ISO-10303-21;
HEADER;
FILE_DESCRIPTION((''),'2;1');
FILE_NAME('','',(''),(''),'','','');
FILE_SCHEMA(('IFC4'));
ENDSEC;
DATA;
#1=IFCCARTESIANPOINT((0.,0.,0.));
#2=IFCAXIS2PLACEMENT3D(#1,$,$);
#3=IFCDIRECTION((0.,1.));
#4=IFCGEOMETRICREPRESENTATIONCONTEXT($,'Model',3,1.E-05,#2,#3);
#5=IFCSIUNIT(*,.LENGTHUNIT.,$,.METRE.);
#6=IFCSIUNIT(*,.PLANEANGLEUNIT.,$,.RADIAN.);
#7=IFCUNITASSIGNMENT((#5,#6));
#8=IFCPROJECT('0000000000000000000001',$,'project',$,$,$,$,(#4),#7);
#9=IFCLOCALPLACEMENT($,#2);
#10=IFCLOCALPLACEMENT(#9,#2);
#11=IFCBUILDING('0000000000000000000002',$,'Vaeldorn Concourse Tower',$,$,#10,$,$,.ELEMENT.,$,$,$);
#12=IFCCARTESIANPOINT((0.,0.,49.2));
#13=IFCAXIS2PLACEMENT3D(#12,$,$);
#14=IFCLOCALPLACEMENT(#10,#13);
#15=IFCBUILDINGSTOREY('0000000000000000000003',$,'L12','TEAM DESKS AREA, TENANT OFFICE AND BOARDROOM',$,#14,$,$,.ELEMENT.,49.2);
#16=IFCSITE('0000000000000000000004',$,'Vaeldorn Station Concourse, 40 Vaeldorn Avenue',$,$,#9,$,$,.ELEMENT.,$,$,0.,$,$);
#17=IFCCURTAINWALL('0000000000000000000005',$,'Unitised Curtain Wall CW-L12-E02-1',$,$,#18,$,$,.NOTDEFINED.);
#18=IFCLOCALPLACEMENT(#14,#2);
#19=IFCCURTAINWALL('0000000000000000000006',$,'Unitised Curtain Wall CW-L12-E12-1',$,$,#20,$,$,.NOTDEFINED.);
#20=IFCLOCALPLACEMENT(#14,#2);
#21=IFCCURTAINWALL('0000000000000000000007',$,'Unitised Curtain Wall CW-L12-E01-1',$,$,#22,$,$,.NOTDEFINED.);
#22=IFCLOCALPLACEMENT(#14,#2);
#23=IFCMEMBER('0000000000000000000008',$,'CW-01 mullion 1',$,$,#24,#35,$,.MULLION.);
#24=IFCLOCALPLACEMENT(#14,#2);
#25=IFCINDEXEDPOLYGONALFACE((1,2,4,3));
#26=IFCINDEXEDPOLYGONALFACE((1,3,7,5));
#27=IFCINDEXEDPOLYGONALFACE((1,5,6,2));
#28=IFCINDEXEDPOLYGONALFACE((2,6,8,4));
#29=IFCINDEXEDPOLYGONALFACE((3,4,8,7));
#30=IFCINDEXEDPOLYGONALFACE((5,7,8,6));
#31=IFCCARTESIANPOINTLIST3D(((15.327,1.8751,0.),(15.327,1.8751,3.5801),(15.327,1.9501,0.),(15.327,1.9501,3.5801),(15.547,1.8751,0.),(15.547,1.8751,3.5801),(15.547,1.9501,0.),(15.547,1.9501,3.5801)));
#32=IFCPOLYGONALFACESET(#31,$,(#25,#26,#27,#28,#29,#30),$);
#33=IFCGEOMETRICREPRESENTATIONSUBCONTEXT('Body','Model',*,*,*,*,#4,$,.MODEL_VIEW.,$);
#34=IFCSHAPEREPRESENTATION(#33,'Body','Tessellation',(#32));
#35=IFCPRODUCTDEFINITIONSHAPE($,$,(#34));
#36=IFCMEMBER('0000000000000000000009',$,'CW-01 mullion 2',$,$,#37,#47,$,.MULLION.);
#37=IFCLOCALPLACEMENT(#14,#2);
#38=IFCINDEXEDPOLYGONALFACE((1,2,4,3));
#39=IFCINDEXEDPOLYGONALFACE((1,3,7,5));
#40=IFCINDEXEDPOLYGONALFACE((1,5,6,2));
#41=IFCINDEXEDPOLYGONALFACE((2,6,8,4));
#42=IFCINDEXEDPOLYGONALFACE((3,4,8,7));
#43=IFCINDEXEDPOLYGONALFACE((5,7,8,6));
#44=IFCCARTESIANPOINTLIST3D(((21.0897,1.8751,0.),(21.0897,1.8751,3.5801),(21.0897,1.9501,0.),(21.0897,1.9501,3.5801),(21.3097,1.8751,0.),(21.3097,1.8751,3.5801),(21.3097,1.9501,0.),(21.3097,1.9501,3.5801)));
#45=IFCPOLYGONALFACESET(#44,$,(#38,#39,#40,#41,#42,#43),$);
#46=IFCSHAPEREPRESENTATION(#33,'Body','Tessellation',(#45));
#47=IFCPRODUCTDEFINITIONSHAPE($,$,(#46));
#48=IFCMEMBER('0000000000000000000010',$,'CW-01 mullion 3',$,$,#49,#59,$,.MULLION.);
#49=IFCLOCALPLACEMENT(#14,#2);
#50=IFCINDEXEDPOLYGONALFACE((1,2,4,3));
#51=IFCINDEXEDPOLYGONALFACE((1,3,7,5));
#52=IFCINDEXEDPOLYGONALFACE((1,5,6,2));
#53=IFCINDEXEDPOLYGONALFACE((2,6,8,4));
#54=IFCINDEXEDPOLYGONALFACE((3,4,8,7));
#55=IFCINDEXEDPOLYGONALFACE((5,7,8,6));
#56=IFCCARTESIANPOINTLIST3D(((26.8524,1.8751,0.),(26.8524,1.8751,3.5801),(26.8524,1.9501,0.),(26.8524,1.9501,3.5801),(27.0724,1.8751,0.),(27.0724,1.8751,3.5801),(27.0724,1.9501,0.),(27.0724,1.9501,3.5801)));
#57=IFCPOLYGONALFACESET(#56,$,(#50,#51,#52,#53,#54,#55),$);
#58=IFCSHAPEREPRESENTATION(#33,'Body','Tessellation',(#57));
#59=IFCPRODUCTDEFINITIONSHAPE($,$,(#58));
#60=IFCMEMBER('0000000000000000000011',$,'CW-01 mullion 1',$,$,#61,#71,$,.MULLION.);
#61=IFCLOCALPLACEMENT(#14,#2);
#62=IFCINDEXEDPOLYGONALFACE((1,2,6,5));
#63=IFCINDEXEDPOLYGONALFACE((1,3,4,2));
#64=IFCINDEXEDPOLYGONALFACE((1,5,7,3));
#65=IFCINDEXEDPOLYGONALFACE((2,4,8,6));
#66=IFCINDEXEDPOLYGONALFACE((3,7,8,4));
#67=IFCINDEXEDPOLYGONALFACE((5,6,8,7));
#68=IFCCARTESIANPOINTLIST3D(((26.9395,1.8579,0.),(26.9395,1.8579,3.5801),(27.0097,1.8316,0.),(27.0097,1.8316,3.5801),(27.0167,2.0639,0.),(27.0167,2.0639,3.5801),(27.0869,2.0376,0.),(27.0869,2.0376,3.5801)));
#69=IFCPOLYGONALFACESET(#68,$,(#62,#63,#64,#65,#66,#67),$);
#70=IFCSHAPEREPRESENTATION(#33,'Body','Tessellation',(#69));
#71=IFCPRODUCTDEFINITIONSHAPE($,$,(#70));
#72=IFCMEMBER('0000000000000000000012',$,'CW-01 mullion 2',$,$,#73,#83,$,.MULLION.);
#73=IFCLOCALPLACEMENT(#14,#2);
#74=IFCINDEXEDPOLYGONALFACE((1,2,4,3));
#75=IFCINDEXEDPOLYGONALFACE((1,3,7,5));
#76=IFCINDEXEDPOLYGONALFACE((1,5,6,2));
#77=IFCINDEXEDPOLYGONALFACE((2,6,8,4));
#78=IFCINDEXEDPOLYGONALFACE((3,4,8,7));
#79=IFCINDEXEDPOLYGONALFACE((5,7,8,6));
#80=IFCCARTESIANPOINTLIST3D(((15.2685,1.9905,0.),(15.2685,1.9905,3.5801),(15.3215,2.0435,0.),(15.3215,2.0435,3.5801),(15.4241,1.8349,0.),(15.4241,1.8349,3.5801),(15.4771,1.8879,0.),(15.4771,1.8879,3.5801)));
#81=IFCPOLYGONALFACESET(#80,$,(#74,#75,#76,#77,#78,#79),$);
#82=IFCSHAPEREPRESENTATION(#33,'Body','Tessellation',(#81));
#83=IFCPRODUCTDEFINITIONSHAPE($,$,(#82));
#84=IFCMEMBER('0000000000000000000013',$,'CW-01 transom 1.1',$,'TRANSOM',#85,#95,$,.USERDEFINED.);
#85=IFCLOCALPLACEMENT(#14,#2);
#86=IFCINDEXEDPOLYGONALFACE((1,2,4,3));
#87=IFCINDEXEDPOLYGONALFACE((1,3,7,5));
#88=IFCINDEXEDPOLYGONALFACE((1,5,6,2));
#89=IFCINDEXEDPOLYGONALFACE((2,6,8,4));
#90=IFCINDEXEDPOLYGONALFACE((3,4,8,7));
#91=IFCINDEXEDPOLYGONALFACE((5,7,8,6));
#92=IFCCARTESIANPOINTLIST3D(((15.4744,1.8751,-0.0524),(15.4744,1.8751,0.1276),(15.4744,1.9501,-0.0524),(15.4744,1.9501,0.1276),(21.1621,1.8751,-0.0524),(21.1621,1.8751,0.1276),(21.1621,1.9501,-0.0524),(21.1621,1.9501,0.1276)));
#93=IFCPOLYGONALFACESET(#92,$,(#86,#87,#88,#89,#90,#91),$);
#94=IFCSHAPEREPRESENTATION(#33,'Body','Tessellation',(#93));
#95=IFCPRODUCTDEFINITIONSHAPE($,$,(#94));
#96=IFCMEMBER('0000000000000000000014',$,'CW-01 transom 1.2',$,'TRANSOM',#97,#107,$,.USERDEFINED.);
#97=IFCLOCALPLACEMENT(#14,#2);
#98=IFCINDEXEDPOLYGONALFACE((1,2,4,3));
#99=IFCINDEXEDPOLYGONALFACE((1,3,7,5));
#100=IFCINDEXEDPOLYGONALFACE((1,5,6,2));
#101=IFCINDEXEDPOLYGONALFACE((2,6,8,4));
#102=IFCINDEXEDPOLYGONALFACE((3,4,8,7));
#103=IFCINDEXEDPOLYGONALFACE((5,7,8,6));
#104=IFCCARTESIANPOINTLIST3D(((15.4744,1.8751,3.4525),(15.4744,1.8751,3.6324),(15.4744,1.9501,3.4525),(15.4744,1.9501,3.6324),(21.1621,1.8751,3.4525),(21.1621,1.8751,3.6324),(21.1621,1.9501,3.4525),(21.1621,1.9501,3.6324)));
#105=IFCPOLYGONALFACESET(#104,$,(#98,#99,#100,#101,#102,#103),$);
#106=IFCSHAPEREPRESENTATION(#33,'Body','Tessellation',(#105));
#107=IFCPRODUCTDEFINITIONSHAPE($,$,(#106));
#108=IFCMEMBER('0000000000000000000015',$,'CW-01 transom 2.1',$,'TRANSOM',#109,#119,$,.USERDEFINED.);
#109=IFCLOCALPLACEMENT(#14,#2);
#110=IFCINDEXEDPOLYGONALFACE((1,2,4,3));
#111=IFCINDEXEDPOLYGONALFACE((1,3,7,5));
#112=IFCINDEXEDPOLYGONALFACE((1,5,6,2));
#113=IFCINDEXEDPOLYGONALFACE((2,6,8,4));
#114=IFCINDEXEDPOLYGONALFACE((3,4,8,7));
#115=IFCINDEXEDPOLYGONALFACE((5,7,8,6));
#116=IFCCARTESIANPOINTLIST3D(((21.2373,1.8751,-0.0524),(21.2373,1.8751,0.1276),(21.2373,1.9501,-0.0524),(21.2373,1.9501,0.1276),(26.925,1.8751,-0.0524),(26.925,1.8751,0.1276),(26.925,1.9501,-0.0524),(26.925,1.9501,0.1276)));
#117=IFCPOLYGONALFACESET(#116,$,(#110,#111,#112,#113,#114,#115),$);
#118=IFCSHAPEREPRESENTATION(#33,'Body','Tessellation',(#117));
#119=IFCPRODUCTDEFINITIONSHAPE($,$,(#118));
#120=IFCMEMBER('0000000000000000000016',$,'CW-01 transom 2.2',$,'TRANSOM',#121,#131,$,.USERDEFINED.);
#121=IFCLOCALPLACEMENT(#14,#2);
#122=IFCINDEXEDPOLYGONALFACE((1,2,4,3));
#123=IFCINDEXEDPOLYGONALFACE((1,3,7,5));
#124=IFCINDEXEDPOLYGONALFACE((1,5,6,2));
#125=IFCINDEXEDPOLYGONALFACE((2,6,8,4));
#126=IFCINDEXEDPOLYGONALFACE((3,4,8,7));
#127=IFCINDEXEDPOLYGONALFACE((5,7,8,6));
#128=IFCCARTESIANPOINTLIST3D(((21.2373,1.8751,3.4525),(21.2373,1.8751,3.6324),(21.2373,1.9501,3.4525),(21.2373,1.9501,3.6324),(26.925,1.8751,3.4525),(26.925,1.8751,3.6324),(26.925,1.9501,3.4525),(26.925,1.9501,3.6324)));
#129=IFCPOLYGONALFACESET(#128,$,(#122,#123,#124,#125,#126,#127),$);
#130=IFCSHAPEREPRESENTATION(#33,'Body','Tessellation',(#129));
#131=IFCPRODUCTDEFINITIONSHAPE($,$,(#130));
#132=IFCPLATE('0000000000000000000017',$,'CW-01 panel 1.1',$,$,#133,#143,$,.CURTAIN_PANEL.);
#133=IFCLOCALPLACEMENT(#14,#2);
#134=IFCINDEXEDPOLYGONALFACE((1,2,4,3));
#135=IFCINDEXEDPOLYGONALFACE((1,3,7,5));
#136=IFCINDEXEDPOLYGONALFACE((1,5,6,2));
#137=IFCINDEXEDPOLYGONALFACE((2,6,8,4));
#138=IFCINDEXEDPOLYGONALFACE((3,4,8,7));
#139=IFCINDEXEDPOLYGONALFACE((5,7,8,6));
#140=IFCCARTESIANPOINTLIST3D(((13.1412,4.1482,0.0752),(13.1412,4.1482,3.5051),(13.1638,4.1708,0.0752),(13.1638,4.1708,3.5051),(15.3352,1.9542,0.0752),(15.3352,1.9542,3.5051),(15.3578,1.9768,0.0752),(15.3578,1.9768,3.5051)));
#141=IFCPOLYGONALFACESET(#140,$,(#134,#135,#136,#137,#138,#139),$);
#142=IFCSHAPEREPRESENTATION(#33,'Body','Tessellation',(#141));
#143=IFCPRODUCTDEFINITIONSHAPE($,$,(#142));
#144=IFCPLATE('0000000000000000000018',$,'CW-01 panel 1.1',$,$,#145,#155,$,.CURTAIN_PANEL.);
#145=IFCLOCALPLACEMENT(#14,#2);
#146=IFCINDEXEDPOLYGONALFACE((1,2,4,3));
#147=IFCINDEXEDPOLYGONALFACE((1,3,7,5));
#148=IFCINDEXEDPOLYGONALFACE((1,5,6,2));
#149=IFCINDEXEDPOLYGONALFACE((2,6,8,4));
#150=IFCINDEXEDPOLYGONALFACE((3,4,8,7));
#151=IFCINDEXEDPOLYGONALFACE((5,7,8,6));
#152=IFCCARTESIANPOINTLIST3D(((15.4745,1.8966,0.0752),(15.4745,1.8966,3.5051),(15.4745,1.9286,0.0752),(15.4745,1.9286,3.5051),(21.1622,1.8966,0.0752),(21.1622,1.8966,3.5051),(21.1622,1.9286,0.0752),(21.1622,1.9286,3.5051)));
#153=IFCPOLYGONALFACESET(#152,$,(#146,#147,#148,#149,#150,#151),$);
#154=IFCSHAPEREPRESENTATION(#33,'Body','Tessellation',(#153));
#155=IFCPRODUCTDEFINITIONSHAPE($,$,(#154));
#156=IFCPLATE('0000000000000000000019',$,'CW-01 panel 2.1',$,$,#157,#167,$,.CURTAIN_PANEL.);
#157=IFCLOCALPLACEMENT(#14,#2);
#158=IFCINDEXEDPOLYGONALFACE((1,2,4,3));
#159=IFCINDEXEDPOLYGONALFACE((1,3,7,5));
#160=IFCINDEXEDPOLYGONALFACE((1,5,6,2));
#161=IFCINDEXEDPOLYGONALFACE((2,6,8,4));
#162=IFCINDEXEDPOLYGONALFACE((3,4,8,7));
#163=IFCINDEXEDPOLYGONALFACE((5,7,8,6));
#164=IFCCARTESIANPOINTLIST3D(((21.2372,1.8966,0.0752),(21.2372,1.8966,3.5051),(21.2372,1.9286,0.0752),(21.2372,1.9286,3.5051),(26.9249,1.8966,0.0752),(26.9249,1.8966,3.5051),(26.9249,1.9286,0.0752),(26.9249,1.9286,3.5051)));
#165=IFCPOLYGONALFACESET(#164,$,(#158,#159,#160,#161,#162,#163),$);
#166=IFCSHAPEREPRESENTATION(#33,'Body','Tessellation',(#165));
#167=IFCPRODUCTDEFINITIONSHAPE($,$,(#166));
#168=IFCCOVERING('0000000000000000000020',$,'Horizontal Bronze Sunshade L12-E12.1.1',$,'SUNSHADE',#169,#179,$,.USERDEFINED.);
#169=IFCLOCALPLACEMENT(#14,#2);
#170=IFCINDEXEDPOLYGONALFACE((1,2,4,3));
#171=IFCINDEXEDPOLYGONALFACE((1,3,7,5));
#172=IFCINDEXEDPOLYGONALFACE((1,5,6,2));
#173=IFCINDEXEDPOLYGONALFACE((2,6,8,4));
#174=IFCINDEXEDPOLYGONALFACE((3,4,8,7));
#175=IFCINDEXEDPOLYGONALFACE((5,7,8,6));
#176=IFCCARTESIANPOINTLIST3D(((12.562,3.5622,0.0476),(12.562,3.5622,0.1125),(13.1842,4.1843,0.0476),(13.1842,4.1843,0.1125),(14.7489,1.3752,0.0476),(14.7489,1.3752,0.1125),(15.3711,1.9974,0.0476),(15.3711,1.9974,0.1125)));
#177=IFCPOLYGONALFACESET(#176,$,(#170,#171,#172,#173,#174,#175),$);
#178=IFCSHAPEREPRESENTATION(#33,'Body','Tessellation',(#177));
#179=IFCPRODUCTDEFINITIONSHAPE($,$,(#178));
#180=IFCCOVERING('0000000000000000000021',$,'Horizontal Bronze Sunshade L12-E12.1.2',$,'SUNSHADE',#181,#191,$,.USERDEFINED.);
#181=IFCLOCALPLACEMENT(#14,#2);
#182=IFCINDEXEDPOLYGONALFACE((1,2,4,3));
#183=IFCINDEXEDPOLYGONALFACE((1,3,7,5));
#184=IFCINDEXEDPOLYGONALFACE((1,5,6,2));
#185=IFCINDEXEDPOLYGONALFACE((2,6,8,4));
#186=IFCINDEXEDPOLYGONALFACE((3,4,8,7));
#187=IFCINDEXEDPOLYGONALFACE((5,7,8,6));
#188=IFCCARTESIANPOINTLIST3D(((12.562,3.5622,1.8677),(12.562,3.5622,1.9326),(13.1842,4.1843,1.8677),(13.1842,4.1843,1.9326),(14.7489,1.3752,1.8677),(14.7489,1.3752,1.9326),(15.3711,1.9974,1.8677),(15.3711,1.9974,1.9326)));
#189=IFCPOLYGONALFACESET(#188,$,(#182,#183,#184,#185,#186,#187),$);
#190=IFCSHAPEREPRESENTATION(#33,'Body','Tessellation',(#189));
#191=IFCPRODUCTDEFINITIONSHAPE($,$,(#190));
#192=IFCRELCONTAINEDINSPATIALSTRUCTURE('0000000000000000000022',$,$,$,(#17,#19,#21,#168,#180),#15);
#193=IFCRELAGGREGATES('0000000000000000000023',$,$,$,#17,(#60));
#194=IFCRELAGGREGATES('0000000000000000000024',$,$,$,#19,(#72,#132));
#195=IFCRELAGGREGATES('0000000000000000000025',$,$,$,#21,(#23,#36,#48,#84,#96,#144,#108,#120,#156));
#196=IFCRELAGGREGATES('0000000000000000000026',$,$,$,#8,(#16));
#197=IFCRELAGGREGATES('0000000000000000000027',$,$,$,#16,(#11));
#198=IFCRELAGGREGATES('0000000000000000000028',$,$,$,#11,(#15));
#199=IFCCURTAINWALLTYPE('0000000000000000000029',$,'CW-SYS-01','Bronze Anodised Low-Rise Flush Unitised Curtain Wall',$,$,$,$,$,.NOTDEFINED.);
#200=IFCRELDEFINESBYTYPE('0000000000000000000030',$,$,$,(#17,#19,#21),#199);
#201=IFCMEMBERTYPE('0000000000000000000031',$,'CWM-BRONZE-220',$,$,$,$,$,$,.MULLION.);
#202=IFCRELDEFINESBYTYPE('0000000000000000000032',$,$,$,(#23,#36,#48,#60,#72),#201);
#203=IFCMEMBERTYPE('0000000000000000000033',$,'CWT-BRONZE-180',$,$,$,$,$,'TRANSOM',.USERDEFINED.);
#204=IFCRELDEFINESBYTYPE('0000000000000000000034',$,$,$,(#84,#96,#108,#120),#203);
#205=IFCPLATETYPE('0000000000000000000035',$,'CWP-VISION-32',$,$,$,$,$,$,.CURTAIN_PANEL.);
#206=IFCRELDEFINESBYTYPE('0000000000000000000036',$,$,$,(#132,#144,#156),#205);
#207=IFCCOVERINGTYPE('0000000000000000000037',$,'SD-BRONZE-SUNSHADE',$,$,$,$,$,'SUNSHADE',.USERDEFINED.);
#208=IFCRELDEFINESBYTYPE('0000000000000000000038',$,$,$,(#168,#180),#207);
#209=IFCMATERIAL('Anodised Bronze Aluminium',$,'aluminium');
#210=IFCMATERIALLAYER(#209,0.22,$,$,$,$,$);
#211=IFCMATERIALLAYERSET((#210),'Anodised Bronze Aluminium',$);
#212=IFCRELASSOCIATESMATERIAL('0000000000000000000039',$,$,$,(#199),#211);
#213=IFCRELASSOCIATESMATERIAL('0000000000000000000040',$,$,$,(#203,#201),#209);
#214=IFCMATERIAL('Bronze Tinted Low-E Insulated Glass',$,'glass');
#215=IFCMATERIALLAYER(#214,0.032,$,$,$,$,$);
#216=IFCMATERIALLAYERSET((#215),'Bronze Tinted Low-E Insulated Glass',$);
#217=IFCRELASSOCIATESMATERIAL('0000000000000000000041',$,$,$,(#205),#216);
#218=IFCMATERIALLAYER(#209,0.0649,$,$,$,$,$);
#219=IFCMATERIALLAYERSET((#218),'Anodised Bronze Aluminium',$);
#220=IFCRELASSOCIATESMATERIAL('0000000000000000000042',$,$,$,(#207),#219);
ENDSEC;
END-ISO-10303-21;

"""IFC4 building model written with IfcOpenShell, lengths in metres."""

from ifc_helpers import new_model, si_unit, direction, frame, origin, origin_2d, place, context, subcontext, project, spatial, rectangle, extrude, source, transform, mapped, material, layer, layer_set, material_profile, profile_set, type_object, element, aggregate, save


model = new_model("IFC4")

# Units and contexts
model_context = context("Model", 3, precision=1e-05, world=origin(), true_north=direction((0.0, 1.0)))
body_context = subcontext(model_context, "Body", "Model", "MODEL_VIEW")
ifc_project = project(units=[si_unit("LENGTHUNIT", "METRE"), si_unit("PLANEANGLEUNIT", "RADIAN")], contexts=[model_context])

# Site, building, storey
site_placement = place(None, origin())
site = spatial("IfcSite", under=ifc_project, at=site_placement, Name="Vaeldorn Station Concourse, 40 Vaeldorn Avenue", CompositionType="ELEMENT", RefElevation=0.0)
building_placement = place(site_placement, origin())
building = spatial("IfcBuilding", under=site, at=building_placement, Name="Vaeldorn Concourse Tower", CompositionType="ELEMENT")
storey_placement = place(building_placement, frame((0.0, 0.0, 49.2)))
storey = spatial("IfcBuildingStorey", under=building, at=storey_placement, Name="L12", Description="TEAM DESKS AREA, TENANT OFFICE AND BOARDROOM", CompositionType="ELEMENT", Elevation=49.2)

# Curtain wall
ifc_material_1 = material(Name="Anodised Bronze Aluminium", Category="aluminium")
ifc_layer_1 = layer(ifc_material_1, 0.22)
ifc_layer_set_1 = layer_set([ifc_layer_1], Name="Anodised Bronze Aluminium")
curtain_wall_type = type_object("IfcCurtainWallType", Name="CW-SYS-01", Description="Bronze Anodised Low-Rise Flush Unitised Curtain Wall", PredefinedType="NOTDEFINED", material=ifc_layer_set_1)
curtain_wall_1_placement = place(storey_placement, origin())
curtain_wall_1 = element("IfcCurtainWall", 1, at=curtain_wall_1_placement, inside=storey, type_object=curtain_wall_type, Name="Unitised Curtain Wall CW-L12-E02-1", PredefinedType="NOTDEFINED")
ifc_material_profile_1 = material_profile(ifc_material_1, rectangle(XDim=0.075, YDim=0.1799, at=origin_2d()), Name="CWT 75x180")
ifc_profile_set_1 = profile_set([ifc_material_profile_1], Name="Anodised Bronze Aluminium")
member_type_1 = type_object("IfcMemberType", Name="CWT-BRONZE-180", ElementType="TRANSOM", PredefinedType="USERDEFINED", material=ifc_profile_set_1)

# Curtain wall
curtain_wall_2_placement = place(storey_placement, origin())
curtain_wall_2 = element("IfcCurtainWall", 2, at=curtain_wall_2_placement, inside=storey, type_object=curtain_wall_type, Name="Unitised Curtain Wall CW-L12-E12-1", PredefinedType="NOTDEFINED")

# Curtain wall, members
curtain_wall_3_placement = place(storey_placement, origin())
curtain_wall_3 = element("IfcCurtainWall", 3, at=curtain_wall_3_placement, inside=storey, type_object=curtain_wall_type, Name="Unitised Curtain Wall CW-L12-E01-1", PredefinedType="NOTDEFINED")
ifc_material_profile_2 = material_profile(ifc_material_1, rectangle(XDim=0.075, YDim=0.22, at=origin_2d()), Name="CWM 75x220")
ifc_profile_set_2 = profile_set([ifc_material_profile_2], Name="Anodised Bronze Aluminium")
member_type_2 = type_object("IfcMemberType", Name="CWM-BRONZE-220", PredefinedType="MULLION", material=ifc_profile_set_2)
shared_shape_1 = source(origin(), body_context, "Body", "SweptSolid", [
    extrude(rectangle(XDim=0.075, YDim=0.22, at=origin_2d()), origin(), (0.0, 0.0, 1.0), 3.5801),
])
member_1_placement = place(storey_placement, frame((15.437, 1.9126, 0.0), z_axis=(0.0, 0.0, 1.0), x_axis=(0.0, 1.0, 0.0)))
member_1 = element("IfcMember", 4, at=member_1_placement, type_object=member_type_2, Name="CW-01 mullion 1", PredefinedType="MULLION", context=body_context, shape_type="MappedRepresentation", body=[
    mapped(shared_shape_1, transform((0.0, 0.0, 0.0), scale=1.0)),
])
member_2_placement = place(storey_placement, frame((21.1997, 1.9126, 0.0), z_axis=(0.0, 0.0, 1.0), x_axis=(0.0, 1.0, 0.0)))
member_2 = element("IfcMember", 5, at=member_2_placement, type_object=member_type_2, Name="CW-01 mullion 2", PredefinedType="MULLION", context=body_context, shape_type="MappedRepresentation", body=[
    mapped(shared_shape_1, transform((0.0, 0.0, 0.0), scale=1.0)),
])
member_3_placement = place(storey_placement, frame((26.9624, 1.9126, 0.0), z_axis=(0.0, 0.0, 1.0), x_axis=(0.0, 1.0, 0.0)))
member_3 = element("IfcMember", 6, at=member_3_placement, type_object=member_type_2, Name="CW-01 mullion 3", PredefinedType="MULLION", context=body_context, shape_type="MappedRepresentation", body=[
    mapped(shared_shape_1, transform((0.0, 0.0, 0.0), scale=1.0)),
])

# Members
member_4_placement = place(storey_placement, frame((27.0132, 1.9478, 0.0), z_axis=(0.0, 0.0, 1.0), x_axis=(-0.936329, 0.351123, 0.0)))
member_4 = element("IfcMember", 7, at=member_4_placement, type_object=member_type_2, Name="CW-01 mullion 1", PredefinedType="MULLION", context=body_context, shape_type="MappedRepresentation", body=[
    mapped(shared_shape_1, transform((0.0, 0.0, 0.0), scale=1.0)),
])
aggregate(curtain_wall_1, [member_4])
member_5_placement = place(storey_placement, frame((15.3728, 1.9392, 0.0), z_axis=(0.0, 0.0, 1.0), x_axis=(0.707107, 0.707107, 0.0)))
member_5 = element("IfcMember", 8, at=member_5_placement, type_object=member_type_2, Name="CW-01 mullion 2", PredefinedType="MULLION", context=body_context, shape_type="MappedRepresentation", body=[
    mapped(shared_shape_1, transform((0.0, 0.0, 0.0), scale=1.0)),
])
shared_shape_2 = source(origin(), body_context, "Body", "SweptSolid", [
    extrude(rectangle(XDim=0.075, YDim=0.1799, at=origin_2d()), origin(), (0.0, 0.0, 1.0), 5.6877),
])
member_6_placement = place(storey_placement, frame((15.4744, 1.9126, 0.0376), z_axis=(1.0, 0.0, 0.0), x_axis=(0.0, 1.0, 0.0)))
member_6 = element("IfcMember", 9, at=member_6_placement, type_object=member_type_1, Name="CW-01 transom 1.1", ObjectType="TRANSOM", PredefinedType="USERDEFINED", context=body_context, shape_type="MappedRepresentation", body=[
    mapped(shared_shape_2, transform((0.0, 0.0, 0.0), scale=1.0)),
])
member_7_placement = place(storey_placement, frame((15.4744, 1.9126, 3.5425), z_axis=(1.0, 0.0, 0.0), x_axis=(0.0, 1.0, 0.0)))
member_7 = element("IfcMember", 10, at=member_7_placement, type_object=member_type_1, Name="CW-01 transom 1.2", ObjectType="TRANSOM", PredefinedType="USERDEFINED", context=body_context, shape_type="MappedRepresentation", body=[
    mapped(shared_shape_2, transform((0.0, 0.0, 0.0), scale=1.0)),
])
member_8_placement = place(storey_placement, frame((21.2373, 1.9126, 0.0376), z_axis=(1.0, 0.0, 0.0), x_axis=(0.0, 1.0, 0.0)))
member_8 = element("IfcMember", 11, at=member_8_placement, type_object=member_type_1, Name="CW-01 transom 2.1", ObjectType="TRANSOM", PredefinedType="USERDEFINED", context=body_context, shape_type="MappedRepresentation", body=[
    mapped(shared_shape_2, transform((0.0, 0.0, 0.0), scale=1.0)),
])
member_9_placement = place(storey_placement, frame((21.2373, 1.9126, 3.5425), z_axis=(1.0, 0.0, 0.0), x_axis=(0.0, 1.0, 0.0)))
member_9 = element("IfcMember", 12, at=member_9_placement, type_object=member_type_1, Name="CW-01 transom 2.2", ObjectType="TRANSOM", PredefinedType="USERDEFINED", context=body_context, shape_type="MappedRepresentation", body=[
    mapped(shared_shape_2, transform((0.0, 0.0, 0.0), scale=1.0)),
])

# Plates
ifc_material_2 = material(Name="Bronze Tinted Low-E Insulated Glass", Category="glass")
ifc_layer_2 = layer(ifc_material_2, 0.032)
ifc_layer_set_2 = layer_set([ifc_layer_2], Name="Bronze Tinted Low-E Insulated Glass")
plate_type = type_object("IfcPlateType", Name="CWP-VISION-32", PredefinedType="CURTAIN_PANEL", material=ifc_layer_set_2)
shared_shape_3 = source(origin(), body_context, "Body", "SweptSolid", [
    extrude(rectangle(XDim=3.1028, YDim=0.032, at=origin_2d()), origin(), (0.0, 0.0, 1.0), 3.4299),
])
plate_1_placement = place(storey_placement, frame((14.2495, 3.0625, 0.0752), z_axis=(0.0, 0.0, 1.0), x_axis=(0.707107, -0.707107, 0.0)))
plate_1 = element("IfcPlate", 13, at=plate_1_placement, type_object=plate_type, Name="CW-01 panel 1.1", PredefinedType="CURTAIN_PANEL", context=body_context, shape_type="MappedRepresentation", body=[
    mapped(shared_shape_3, transform((0.0, 0.0, 0.0), scale=1.0)),
])
aggregate(curtain_wall_2, [member_5, plate_1])
shared_shape_4 = source(origin(), body_context, "Body", "SweptSolid", [
    extrude(rectangle(XDim=5.6877, YDim=0.032, at=origin_2d()), origin(), (0.0, 0.0, 1.0), 3.4299),
])
plate_2_placement = place(storey_placement, frame((18.3184, 1.9126, 0.0752), z_axis=(0.0, 0.0, 1.0), x_axis=(1.0, 0.0, 0.0)))
plate_2 = element("IfcPlate", 14, at=plate_2_placement, type_object=plate_type, Name="CW-01 panel 1.1", PredefinedType="CURTAIN_PANEL", context=body_context, shape_type="MappedRepresentation", body=[
    mapped(shared_shape_4, transform((0.0, 0.0, 0.0), scale=1.0)),
])
plate_3_placement = place(storey_placement, frame((24.0811, 1.9126, 0.0752), z_axis=(0.0, 0.0, 1.0), x_axis=(1.0, 0.0, 0.0)))
plate_3 = element("IfcPlate", 15, at=plate_3_placement, type_object=plate_type, Name="CW-01 panel 2.1", PredefinedType="CURTAIN_PANEL", context=body_context, shape_type="MappedRepresentation", body=[
    mapped(shared_shape_4, transform((0.0, 0.0, 0.0), scale=1.0)),
])
aggregate(curtain_wall_3, [member_1, member_2, member_3, member_6, member_7, plate_2, member_8, member_9, plate_3])

# Coverings
ifc_layer_3 = layer(ifc_material_1, 0.0649)
ifc_layer_set_3 = layer_set([ifc_layer_3], Name="Anodised Bronze Aluminium")
covering_type = type_object("IfcCoveringType", Name="SD-BRONZE-SUNSHADE", ElementType="SUNSHADE", PredefinedType="USERDEFINED", material=ifc_layer_set_3)
shared_shape_5 = source(origin(), body_context, "Body", "SweptSolid", [
    extrude(rectangle(XDim=3.0928, YDim=0.8799, at=origin_2d()), origin(), (0.0, 0.0, 1.0), 0.0649),
])
for number, where, z_axis, x_axis, name in (
    (16, (13.9666, 2.7798, 0.0476), (0.0, 0.0, 1.0), (0.707107, -0.707107, 0.0), "Horizontal Bronze Sunshade L12-E12.1.1"),
    (17, (13.9666, 2.7798, 1.8677), (0.0, 0.0, 1.0), (0.707107, -0.707107, 0.0), "Horizontal Bronze Sunshade L12-E12.1.2"),
):
    element("IfcCovering", number, at=place(storey_placement, frame(where, z_axis=z_axis, x_axis=x_axis)), inside=storey, type_object=covering_type, Name=name, ObjectType="SUNSHADE", PredefinedType="USERDEFINED", context=body_context, shape_type="MappedRepresentation", body=[
        mapped(shared_shape_5, transform((0.0, 0.0, 0.0), scale=1.0)),
    ])

save(model, "model.ifc")
